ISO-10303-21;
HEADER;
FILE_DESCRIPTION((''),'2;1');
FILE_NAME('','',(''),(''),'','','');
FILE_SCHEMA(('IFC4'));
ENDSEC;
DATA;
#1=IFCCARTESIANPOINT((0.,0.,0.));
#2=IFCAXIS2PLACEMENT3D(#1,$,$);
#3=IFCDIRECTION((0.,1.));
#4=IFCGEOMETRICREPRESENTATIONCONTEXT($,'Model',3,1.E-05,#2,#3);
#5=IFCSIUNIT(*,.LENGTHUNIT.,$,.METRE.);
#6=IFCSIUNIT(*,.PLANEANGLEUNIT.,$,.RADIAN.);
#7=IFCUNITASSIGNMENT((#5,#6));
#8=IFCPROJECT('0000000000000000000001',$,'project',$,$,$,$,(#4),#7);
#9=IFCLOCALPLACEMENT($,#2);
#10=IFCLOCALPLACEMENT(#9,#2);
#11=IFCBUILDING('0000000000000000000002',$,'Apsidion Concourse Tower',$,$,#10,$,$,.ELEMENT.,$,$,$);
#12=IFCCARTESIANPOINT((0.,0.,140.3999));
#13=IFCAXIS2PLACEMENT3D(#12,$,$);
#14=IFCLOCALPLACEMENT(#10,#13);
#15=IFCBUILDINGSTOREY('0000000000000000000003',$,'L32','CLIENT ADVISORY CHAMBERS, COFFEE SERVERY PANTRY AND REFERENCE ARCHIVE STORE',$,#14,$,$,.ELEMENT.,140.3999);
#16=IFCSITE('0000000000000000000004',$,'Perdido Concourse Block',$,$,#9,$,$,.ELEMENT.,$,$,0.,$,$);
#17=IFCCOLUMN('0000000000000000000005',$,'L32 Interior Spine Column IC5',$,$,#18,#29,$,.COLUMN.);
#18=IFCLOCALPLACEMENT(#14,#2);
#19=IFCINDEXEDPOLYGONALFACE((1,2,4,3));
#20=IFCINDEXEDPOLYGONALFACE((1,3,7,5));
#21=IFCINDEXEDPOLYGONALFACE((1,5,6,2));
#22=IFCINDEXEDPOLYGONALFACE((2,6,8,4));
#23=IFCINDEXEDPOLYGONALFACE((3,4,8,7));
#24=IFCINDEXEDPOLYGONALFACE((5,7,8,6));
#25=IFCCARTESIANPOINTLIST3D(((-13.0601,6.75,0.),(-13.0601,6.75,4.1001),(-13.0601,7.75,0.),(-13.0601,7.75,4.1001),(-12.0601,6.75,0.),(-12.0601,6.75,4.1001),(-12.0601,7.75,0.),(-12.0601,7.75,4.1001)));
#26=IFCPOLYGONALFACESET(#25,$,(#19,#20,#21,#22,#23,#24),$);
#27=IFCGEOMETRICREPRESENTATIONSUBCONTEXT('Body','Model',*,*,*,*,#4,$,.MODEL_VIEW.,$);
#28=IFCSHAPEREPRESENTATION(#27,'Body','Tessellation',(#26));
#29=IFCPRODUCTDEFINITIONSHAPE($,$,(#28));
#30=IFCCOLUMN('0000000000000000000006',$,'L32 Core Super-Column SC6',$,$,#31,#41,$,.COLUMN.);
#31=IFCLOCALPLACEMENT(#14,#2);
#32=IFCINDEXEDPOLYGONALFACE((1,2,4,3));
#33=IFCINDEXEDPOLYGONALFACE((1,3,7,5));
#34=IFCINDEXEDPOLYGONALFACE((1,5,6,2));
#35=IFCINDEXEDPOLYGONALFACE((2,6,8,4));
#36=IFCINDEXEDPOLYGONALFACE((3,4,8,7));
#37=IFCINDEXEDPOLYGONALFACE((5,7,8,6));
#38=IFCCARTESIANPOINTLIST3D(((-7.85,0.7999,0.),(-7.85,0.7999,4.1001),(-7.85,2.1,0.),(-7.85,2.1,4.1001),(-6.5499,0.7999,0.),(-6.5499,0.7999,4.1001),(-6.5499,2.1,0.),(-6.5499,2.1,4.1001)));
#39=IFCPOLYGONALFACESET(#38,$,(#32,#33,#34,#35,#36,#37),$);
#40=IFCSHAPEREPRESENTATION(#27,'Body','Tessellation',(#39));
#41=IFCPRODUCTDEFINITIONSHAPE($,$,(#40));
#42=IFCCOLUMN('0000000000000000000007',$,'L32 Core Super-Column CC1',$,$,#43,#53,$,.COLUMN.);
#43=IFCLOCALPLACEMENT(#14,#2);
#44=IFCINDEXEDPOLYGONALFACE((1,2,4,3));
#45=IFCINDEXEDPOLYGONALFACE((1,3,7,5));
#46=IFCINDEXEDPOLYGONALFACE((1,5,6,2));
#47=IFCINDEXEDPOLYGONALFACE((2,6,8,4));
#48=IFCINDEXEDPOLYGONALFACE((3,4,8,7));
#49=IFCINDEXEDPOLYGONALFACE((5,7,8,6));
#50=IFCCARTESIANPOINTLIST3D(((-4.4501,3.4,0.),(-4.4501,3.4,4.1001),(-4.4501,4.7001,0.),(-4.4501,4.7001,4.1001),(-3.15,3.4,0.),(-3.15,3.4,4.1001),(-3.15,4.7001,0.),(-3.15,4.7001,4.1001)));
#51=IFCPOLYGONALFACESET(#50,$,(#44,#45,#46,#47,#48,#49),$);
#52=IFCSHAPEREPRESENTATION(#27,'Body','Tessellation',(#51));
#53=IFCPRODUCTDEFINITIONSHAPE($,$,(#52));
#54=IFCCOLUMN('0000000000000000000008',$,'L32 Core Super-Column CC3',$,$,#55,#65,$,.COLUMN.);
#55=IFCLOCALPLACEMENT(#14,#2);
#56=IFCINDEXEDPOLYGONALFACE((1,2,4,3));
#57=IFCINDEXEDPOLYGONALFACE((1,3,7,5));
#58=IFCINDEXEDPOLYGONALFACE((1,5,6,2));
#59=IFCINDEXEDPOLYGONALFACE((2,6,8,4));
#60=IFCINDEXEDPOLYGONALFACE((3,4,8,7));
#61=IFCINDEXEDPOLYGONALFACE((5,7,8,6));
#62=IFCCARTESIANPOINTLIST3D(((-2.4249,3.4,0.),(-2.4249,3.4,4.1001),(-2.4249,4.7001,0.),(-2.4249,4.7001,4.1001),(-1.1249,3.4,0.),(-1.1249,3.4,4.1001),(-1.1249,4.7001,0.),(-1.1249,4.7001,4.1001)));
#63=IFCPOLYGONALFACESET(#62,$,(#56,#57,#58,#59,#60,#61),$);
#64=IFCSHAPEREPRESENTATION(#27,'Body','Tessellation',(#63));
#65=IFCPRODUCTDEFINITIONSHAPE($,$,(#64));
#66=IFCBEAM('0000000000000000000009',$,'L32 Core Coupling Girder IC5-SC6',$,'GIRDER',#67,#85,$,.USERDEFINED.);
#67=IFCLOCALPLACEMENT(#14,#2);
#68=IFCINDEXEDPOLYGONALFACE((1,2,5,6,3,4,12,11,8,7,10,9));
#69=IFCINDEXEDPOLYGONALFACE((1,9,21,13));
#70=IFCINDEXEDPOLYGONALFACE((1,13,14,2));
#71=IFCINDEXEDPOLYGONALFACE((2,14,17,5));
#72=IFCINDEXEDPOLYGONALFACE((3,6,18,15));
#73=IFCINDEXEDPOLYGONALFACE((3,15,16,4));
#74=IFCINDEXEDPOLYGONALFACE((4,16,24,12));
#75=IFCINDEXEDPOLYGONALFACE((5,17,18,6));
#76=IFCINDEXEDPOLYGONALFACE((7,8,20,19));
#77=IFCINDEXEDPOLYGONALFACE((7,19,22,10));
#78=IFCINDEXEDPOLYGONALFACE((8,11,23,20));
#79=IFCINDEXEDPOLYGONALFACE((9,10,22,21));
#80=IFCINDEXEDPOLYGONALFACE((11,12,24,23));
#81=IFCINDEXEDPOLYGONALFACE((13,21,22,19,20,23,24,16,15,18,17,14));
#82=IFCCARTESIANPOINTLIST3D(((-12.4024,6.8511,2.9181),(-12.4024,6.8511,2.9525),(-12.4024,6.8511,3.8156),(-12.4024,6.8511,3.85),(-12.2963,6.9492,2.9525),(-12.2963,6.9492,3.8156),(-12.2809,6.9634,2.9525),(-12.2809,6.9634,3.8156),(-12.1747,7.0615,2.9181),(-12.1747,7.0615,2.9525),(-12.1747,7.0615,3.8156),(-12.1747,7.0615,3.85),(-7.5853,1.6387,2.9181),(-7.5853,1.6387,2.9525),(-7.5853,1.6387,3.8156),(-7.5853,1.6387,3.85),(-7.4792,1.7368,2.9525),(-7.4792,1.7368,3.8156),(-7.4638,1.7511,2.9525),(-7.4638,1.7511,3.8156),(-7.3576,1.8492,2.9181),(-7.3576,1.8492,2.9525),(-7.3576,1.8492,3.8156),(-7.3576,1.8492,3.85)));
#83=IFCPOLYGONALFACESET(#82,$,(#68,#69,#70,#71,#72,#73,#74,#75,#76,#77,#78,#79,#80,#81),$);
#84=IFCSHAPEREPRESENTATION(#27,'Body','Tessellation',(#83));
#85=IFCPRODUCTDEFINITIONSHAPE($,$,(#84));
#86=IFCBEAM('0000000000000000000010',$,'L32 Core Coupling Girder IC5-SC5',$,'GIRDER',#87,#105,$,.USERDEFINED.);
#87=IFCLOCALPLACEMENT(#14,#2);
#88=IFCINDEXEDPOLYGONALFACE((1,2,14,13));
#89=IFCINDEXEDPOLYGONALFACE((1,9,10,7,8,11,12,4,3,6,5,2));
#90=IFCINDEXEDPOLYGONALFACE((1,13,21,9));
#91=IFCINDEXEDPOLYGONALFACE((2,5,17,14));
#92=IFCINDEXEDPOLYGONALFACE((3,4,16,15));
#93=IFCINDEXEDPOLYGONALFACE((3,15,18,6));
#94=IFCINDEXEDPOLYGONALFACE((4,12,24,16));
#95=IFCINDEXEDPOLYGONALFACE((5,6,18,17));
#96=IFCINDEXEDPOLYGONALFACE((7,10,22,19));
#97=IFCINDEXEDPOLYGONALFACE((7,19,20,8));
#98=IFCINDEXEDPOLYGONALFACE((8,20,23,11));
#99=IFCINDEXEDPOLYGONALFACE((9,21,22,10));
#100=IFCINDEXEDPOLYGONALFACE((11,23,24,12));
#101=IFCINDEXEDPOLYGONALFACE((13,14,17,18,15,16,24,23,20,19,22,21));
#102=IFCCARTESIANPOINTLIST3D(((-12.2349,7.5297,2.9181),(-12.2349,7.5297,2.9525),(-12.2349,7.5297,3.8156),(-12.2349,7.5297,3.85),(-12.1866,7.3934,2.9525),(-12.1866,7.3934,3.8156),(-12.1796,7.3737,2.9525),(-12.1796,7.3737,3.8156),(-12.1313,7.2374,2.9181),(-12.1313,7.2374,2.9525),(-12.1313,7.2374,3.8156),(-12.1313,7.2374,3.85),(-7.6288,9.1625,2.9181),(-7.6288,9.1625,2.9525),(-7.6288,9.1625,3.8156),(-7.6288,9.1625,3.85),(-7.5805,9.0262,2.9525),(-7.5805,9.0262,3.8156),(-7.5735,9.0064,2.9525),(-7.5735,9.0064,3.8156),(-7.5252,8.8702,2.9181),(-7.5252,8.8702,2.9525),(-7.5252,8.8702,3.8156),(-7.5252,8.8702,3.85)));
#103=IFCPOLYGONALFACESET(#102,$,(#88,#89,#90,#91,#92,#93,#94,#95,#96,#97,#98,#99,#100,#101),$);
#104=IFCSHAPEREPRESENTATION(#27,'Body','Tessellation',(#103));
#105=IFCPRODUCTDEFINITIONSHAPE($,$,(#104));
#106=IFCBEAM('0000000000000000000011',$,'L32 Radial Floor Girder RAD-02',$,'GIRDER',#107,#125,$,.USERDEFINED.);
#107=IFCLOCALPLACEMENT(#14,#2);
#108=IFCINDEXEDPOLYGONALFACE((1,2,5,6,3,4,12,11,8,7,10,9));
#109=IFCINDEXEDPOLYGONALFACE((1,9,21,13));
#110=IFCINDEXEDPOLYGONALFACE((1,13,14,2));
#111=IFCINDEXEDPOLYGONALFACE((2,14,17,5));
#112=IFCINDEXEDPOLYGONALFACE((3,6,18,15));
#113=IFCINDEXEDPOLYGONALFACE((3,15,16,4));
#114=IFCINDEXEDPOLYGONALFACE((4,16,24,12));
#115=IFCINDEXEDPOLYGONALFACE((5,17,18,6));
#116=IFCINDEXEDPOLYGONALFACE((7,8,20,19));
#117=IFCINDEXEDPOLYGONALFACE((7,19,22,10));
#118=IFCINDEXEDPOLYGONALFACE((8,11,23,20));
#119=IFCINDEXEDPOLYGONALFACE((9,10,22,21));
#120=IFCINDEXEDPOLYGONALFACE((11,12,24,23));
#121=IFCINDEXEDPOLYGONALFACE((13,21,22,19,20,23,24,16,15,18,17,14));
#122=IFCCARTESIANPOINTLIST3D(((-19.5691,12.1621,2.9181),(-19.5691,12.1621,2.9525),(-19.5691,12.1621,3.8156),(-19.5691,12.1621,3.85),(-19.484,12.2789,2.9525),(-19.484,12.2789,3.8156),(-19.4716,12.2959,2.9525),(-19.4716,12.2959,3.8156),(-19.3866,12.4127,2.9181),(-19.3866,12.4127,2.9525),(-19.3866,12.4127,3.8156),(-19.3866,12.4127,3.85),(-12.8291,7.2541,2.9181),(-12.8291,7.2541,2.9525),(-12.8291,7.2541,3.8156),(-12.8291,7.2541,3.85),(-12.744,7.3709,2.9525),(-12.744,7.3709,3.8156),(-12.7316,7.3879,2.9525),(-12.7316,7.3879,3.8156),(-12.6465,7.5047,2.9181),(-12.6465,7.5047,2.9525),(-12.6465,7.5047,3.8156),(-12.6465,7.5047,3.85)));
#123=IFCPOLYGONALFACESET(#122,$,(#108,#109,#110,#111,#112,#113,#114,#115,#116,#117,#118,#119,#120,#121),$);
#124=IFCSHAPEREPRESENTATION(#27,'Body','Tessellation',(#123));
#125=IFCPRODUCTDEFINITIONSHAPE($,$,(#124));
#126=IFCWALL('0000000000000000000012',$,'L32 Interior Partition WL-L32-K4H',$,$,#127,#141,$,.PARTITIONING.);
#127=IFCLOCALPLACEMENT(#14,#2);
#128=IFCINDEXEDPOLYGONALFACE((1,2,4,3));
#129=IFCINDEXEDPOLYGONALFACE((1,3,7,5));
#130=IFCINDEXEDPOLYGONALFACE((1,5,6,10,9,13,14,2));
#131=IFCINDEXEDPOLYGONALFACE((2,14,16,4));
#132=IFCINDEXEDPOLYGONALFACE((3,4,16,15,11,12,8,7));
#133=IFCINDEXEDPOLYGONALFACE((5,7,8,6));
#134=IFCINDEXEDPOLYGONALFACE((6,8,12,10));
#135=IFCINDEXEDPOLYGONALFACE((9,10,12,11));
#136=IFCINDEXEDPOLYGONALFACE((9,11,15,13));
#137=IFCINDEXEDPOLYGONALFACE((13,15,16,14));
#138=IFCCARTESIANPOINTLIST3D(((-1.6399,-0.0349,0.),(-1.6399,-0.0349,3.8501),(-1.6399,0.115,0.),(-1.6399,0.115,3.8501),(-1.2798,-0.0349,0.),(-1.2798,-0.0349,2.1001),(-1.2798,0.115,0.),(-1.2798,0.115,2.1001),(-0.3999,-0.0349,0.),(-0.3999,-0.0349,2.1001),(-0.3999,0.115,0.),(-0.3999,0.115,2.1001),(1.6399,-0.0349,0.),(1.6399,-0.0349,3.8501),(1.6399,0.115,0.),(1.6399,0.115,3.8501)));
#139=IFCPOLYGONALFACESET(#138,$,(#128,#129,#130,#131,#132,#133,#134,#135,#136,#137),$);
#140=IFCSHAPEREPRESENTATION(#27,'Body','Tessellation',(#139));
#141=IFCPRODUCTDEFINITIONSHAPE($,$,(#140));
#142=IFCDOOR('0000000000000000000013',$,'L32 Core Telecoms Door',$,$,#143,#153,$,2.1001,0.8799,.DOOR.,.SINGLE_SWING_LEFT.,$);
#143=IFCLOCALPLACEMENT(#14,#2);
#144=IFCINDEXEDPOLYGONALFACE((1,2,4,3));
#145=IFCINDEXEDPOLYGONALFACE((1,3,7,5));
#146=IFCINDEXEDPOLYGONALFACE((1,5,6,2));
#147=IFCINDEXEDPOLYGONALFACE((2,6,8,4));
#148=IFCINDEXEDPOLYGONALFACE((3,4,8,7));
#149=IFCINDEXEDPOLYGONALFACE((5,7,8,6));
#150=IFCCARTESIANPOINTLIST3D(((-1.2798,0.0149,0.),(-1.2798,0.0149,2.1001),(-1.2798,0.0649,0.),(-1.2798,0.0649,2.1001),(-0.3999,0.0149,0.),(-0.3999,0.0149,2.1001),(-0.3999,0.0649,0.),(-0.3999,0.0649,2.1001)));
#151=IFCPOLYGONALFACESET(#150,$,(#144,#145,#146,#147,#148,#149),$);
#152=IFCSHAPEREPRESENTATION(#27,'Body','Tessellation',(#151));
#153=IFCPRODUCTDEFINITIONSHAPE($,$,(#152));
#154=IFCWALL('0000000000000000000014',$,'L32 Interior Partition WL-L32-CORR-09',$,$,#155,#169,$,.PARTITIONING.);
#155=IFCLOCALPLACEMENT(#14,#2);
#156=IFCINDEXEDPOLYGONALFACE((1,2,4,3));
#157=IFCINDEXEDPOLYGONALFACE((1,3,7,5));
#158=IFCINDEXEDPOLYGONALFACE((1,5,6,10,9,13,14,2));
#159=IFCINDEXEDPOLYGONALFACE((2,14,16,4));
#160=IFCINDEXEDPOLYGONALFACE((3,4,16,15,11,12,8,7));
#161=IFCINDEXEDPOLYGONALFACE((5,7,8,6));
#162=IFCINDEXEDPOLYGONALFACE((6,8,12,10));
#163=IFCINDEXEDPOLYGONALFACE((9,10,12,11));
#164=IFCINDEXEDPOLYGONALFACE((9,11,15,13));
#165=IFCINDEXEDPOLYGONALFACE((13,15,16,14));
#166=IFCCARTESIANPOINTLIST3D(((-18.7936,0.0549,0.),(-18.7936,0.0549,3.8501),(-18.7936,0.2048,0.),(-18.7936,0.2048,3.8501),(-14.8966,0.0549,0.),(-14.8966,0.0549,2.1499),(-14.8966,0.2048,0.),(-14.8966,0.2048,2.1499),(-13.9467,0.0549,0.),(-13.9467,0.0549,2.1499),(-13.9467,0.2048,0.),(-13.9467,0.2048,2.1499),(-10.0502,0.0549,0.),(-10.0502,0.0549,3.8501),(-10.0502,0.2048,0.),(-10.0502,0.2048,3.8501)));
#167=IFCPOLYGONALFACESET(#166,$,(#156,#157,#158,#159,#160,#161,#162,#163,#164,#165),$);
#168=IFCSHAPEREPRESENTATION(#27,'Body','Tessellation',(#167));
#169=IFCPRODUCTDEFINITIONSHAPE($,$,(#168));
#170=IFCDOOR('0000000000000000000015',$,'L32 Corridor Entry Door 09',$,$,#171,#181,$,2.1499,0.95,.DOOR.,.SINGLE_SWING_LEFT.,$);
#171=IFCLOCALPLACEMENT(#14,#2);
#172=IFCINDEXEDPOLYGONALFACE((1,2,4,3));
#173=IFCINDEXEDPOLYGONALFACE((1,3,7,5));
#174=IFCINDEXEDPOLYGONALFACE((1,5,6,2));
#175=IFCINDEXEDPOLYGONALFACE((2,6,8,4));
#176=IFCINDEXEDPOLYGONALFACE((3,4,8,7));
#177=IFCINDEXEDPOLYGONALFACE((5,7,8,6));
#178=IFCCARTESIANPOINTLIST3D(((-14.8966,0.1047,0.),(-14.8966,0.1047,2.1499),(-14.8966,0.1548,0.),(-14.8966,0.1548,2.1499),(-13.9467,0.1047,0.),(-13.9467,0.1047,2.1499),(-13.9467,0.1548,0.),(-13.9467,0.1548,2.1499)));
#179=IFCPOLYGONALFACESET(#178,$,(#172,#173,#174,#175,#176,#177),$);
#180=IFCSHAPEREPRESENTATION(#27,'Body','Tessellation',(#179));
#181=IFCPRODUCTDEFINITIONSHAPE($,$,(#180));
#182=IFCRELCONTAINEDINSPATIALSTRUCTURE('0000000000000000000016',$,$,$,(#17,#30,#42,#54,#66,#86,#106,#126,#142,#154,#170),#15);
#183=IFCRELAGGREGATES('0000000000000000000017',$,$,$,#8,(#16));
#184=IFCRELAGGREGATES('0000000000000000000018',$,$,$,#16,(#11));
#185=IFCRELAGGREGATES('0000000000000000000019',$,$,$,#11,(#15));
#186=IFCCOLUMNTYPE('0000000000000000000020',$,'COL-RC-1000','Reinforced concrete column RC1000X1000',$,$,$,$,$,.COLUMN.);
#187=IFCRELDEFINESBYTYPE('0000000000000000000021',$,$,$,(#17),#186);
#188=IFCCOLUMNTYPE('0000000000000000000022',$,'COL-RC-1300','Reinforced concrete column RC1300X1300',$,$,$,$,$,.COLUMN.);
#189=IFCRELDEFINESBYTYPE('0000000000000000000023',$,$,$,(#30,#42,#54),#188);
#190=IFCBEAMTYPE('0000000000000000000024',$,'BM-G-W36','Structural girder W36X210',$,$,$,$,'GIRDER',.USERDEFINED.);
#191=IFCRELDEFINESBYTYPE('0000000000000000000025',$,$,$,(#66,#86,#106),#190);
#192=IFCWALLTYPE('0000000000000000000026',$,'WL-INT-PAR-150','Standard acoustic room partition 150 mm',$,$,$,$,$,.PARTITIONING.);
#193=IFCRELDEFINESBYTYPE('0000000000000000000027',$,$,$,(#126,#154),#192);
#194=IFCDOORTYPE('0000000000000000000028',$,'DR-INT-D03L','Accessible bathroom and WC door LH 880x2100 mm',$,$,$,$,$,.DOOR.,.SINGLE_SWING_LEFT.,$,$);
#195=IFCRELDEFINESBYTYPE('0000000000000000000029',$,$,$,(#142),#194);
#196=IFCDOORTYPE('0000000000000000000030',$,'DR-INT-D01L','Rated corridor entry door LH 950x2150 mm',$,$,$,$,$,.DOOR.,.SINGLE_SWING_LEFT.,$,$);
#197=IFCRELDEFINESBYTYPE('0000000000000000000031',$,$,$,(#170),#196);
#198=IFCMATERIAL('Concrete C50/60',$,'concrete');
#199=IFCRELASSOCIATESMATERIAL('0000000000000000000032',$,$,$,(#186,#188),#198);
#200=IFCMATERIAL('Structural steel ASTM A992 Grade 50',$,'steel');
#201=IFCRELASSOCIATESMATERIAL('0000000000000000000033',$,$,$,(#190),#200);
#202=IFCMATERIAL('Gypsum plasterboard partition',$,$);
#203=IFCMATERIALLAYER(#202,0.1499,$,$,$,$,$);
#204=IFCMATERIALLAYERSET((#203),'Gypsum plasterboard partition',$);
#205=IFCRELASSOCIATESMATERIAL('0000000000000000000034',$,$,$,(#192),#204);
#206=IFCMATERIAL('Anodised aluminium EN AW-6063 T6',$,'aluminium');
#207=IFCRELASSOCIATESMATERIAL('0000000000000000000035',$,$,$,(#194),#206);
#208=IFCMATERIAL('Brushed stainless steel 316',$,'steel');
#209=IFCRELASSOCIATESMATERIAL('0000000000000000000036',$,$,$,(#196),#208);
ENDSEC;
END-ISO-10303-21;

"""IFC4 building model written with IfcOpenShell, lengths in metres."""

from ifc_helpers import new_model, si_unit, direction, frame, frame_2d, origin, origin_2d, place, context, subcontext, project, spatial, rectangle, i_section, extrude, material, layer, layer_set, material_profile, profile_set, type_object, element, fill, save


model = new_model("IFC4")

# Units and contexts
model_context = context("Model", 3, precision=1e-05, world=origin(), true_north=direction((0.0, 1.0)))
body_context = subcontext(model_context, "Body", "Model", "MODEL_VIEW")
ifc_project = project(units=[si_unit("LENGTHUNIT", "METRE"), si_unit("PLANEANGLEUNIT", "RADIAN")], contexts=[model_context])

# Site, building, storey
site_placement = place(None, origin())
site = spatial("IfcSite", under=ifc_project, at=site_placement, Name="Perdido Concourse Block", CompositionType="ELEMENT", RefElevation=0.0)
building_placement = place(site_placement, origin())
building = spatial("IfcBuilding", under=site, at=building_placement, Name="Apsidion Concourse Tower", CompositionType="ELEMENT")
storey_placement = place(building_placement, frame((0.0, 0.0, 140.3999)))
storey = spatial("IfcBuildingStorey", under=building, at=storey_placement, Name="L32", Description="CLIENT ADVISORY CHAMBERS, COFFEE SERVERY PANTRY AND REFERENCE ARCHIVE STORE", CompositionType="ELEMENT", Elevation=140.3999)

# Columns
ifc_material_1 = material(Name="Concrete C50/60", Category="concrete")
ifc_material_profile_1 = material_profile(ifc_material_1, rectangle(XDim=1.0, YDim=1.0, at=origin_2d()), Name="RC 1000x1000")
ifc_profile_set_1 = profile_set([ifc_material_profile_1], Name="Concrete C50/60")
column_type_1 = type_object("IfcColumnType", Name="COL-RC-1000", Description="Reinforced concrete column RC1000X1000", PredefinedType="COLUMN", material=ifc_profile_set_1)
column_placement = place(storey_placement, frame((-12.5601, 7.25, 0.0), z_axis=(0.0, 0.0, 1.0), x_axis=(1.0, 0.0, 0.0)))
element("IfcColumn", 1, at=column_placement, inside=storey, type_object=column_type_1, Name="L32 Interior Spine Column IC5", PredefinedType="COLUMN", context=body_context, shape_type="SweptSolid", body=[
    extrude(rectangle(XDim=1.0, YDim=1.0, at=origin_2d()), origin(), (0.0, 0.0, 1.0), 4.1001),
])
ifc_material_profile_2 = material_profile(ifc_material_1, rectangle(XDim=1.3, YDim=1.3, at=origin_2d()), Name="RC 1300x1300")
ifc_profile_set_2 = profile_set([ifc_material_profile_2], Name="Concrete C50/60")
column_type_2 = type_object("IfcColumnType", Name="COL-RC-1300", Description="Reinforced concrete column RC1300X1300", PredefinedType="COLUMN", material=ifc_profile_set_2)
for number, where, z_axis, x_axis, name in (
    (2, (-7.2, 1.45, 0.0), (0.0, 0.0, 1.0), (1.0, 0.0, 0.0), "L32 Core Super-Column SC6"),
    (3, (-3.8, 4.05, 0.0), (0.0, 0.0, 1.0), (1.0, 0.0, 0.0), "L32 Core Super-Column CC1"),
    (4, (-1.7749, 4.05, 0.0), (0.0, 0.0, 1.0), (1.0, 0.0, 0.0), "L32 Core Super-Column CC3"),
):
    element("IfcColumn", number, at=place(storey_placement, frame(where, z_axis=z_axis, x_axis=x_axis)), inside=storey, type_object=column_type_2, Name=name, PredefinedType="COLUMN", context=body_context, shape_type="SweptSolid", body=[
        extrude(rectangle(XDim=1.3, YDim=1.3, at=origin_2d()), origin(), (0.0, 0.0, 1.0), 4.1001),
    ])

# Beams
ifc_material_2 = material(Name="Structural steel ASTM A992 Grade 50", Category="steel")
ifc_material_profile_3 = material_profile(ifc_material_2, i_section(OverallWidth=0.3101, OverallDepth=0.9319, WebThickness=0.021, FlangeThickness=0.0344, at=origin_2d()), Name="W36X210")
ifc_profile_set_3 = profile_set([ifc_material_profile_3], Name="Structural steel ASTM A992 Grade 50")
beam_type = type_object("IfcBeamType", Name="BM-G-W36", Description="Structural girder W36X210", ElementType="GIRDER", PredefinedType="USERDEFINED", material=ifc_profile_set_3)
beam_1_placement = place(storey_placement, frame((-12.2886, 6.9563, 3.384), z_axis=(0.678713, -0.734404, 0.0), x_axis=(0.734404, 0.678713, 0.0)))
element("IfcBeam", 5, at=beam_1_placement, inside=storey, type_object=beam_type, Name="L32 Core Coupling Girder IC5-SC6", ObjectType="GIRDER", PredefinedType="USERDEFINED", context=body_context, shape_type="SweptSolid", body=[
    extrude(i_section(OverallWidth=0.3101, OverallDepth=0.9319, WebThickness=0.021, FlangeThickness=0.0344, at=origin_2d()), origin(), (0.0, 0.0, 1.0), 7.0974),
])
beam_2_placement = place(storey_placement, frame((-12.1831, 7.3835, 3.384), z_axis=(0.942534, 0.334111, 0.0), x_axis=(-0.334111, 0.942534, 0.0)))
element("IfcBeam", 6, at=beam_2_placement, inside=storey, type_object=beam_type, Name="L32 Core Coupling Girder IC5-SC5", ObjectType="GIRDER", PredefinedType="USERDEFINED", context=body_context, shape_type="SweptSolid", body=[
    extrude(i_section(OverallWidth=0.3101, OverallDepth=0.9319, WebThickness=0.021, FlangeThickness=0.0344, at=origin_2d()), origin(), (0.0, 0.0, 1.0), 4.887),
])
beam_3_placement = place(storey_placement, frame((-12.7378, 7.3794, 3.384), z_axis=(-0.808385, 0.588654, 0.0), x_axis=(-0.588654, -0.808385, 0.0)))
element("IfcBeam", 7, at=beam_3_placement, inside=storey, type_object=beam_type, Name="L32 Radial Floor Girder RAD-02", ObjectType="GIRDER", PredefinedType="USERDEFINED", context=body_context, shape_type="SweptSolid", body=[
    extrude(i_section(OverallWidth=0.3101, OverallDepth=0.9319, WebThickness=0.021, FlangeThickness=0.0344, at=origin_2d()), origin(), (0.0, 0.0, 1.0), 8.3376),
])

# Walls, openings, doors
ifc_material_3 = material(Name="Gypsum plasterboard partition")
ifc_layer_1 = layer(ifc_material_3, 0.1499)
ifc_layer_set_1 = layer_set([ifc_layer_1], Name="Gypsum plasterboard partition")
wall_type_1 = type_object("IfcWallType", Name="WL-INT-PAR-150", Description="Standard acoustic room partition 150 mm", PredefinedType="PARTITIONING", material=ifc_layer_set_1)
wall_1_placement = place(storey_placement, frame((-1.6399, 0.04, 0.0), z_axis=(0.0, 0.0, 1.0), x_axis=(1.0, 0.0, 0.0)))
wall_1 = element("IfcWall", 8, at=wall_1_placement, inside=storey, type_object=wall_type_1, Name="L32 Interior Partition WL-L32-K4H", PredefinedType="PARTITIONING", context=body_context, shape_type="SweptSolid", body=[
    extrude(rectangle(XDim=3.2798, YDim=0.1499, at=frame_2d((1.6399, 0.0))), origin(), (0.0, 0.0, 1.0), 3.8501),
])
opening_1_placement = place(wall_1_placement, frame((0.3601, 0.0, 0.0)))
opening_1 = element("IfcOpeningElement", 9, at=opening_1_placement, cuts=wall_1, PredefinedType="OPENING", context=body_context, shape_type="SweptSolid", body=[
    extrude(rectangle(XDim=0.8799, YDim=2.1001, at=frame_2d((0.4399, 1.05))), frame((0.0, 0.085, 0.0), z_axis=(0.0, -1.0, 0.0), x_axis=(1.0, 0.0, 0.0)), (0.0, 0.0, 1.0), 0.1699),
])
ifc_material_4 = material(Name="Anodised aluminium EN AW-6063 T6", Category="aluminium")
door_type_1 = type_object("IfcDoorType", Name="DR-INT-D03L", Description="Accessible bathroom and WC door LH 880x2100 mm", OperationType="SINGLE_SWING_LEFT", PredefinedType="DOOR", material=ifc_material_4)
door_1_placement = place(opening_1_placement, origin())
door_1 = element("IfcDoor", 10, at=door_1_placement, inside=storey, type_object=door_type_1, Name="L32 Core Telecoms Door", OperationType="SINGLE_SWING_LEFT", OverallHeight=2.1001, OverallWidth=0.8799, PredefinedType="DOOR", context=body_context, shape_type="SweptSolid", body=[
    extrude(rectangle(XDim=0.8799, YDim=2.1001, at=frame_2d((0.4399, 1.05))), frame((0.0, 0.0249, 0.0), z_axis=(0.0, -1.0, 0.0), x_axis=(1.0, 0.0, 0.0)), (0.0, 0.0, 1.0), 0.05),
])
fill(opening_1, door_1)
wall_2_placement = place(storey_placement, frame((-18.7935, 0.1299, 0.0), z_axis=(0.0, 0.0, 1.0), x_axis=(1.0, 0.0, 0.0)))
wall_2 = element("IfcWall", 11, at=wall_2_placement, inside=storey, type_object=wall_type_1, Name="L32 Interior Partition WL-L32-CORR-09", PredefinedType="PARTITIONING", context=body_context, shape_type="SweptSolid", body=[
    extrude(rectangle(XDim=8.7434, YDim=0.1499, at=frame_2d((4.3716, 0.0))), origin(), (0.0, 0.0, 1.0), 3.8501),
])
opening_2_placement = place(wall_2_placement, frame((3.8967, 0.0, 0.0)))
opening_2 = element("IfcOpeningElement", 12, at=opening_2_placement, cuts=wall_2, PredefinedType="OPENING", context=body_context, shape_type="SweptSolid", body=[
    extrude(rectangle(XDim=0.95, YDim=2.1499, at=frame_2d((0.4751, 1.075))), frame((0.0, 0.085, 0.0), z_axis=(0.0, -1.0, 0.0), x_axis=(1.0, 0.0, 0.0)), (0.0, 0.0, 1.0), 0.1699),
])
ifc_material_5 = material(Name="Brushed stainless steel 316", Category="steel")
door_type_2 = type_object("IfcDoorType", Name="DR-INT-D01L", Description="Rated corridor entry door LH 950x2150 mm", OperationType="SINGLE_SWING_LEFT", PredefinedType="DOOR", material=ifc_material_5)
door_2_placement = place(opening_2_placement, origin())
door_2 = element("IfcDoor", 13, at=door_2_placement, inside=storey, type_object=door_type_2, Name="L32 Corridor Entry Door 09", OperationType="SINGLE_SWING_LEFT", OverallHeight=2.1499, OverallWidth=0.95, PredefinedType="DOOR", context=body_context, shape_type="SweptSolid", body=[
    extrude(rectangle(XDim=0.95, YDim=2.1499, at=frame_2d((0.4751, 1.075))), frame((0.0, 0.0249, 0.0), z_axis=(0.0, -1.0, 0.0), x_axis=(1.0, 0.0, 0.0)), (0.0, 0.0, 1.0), 0.05),
])
fill(opening_2, door_2)

save(model, "model.ifc")
